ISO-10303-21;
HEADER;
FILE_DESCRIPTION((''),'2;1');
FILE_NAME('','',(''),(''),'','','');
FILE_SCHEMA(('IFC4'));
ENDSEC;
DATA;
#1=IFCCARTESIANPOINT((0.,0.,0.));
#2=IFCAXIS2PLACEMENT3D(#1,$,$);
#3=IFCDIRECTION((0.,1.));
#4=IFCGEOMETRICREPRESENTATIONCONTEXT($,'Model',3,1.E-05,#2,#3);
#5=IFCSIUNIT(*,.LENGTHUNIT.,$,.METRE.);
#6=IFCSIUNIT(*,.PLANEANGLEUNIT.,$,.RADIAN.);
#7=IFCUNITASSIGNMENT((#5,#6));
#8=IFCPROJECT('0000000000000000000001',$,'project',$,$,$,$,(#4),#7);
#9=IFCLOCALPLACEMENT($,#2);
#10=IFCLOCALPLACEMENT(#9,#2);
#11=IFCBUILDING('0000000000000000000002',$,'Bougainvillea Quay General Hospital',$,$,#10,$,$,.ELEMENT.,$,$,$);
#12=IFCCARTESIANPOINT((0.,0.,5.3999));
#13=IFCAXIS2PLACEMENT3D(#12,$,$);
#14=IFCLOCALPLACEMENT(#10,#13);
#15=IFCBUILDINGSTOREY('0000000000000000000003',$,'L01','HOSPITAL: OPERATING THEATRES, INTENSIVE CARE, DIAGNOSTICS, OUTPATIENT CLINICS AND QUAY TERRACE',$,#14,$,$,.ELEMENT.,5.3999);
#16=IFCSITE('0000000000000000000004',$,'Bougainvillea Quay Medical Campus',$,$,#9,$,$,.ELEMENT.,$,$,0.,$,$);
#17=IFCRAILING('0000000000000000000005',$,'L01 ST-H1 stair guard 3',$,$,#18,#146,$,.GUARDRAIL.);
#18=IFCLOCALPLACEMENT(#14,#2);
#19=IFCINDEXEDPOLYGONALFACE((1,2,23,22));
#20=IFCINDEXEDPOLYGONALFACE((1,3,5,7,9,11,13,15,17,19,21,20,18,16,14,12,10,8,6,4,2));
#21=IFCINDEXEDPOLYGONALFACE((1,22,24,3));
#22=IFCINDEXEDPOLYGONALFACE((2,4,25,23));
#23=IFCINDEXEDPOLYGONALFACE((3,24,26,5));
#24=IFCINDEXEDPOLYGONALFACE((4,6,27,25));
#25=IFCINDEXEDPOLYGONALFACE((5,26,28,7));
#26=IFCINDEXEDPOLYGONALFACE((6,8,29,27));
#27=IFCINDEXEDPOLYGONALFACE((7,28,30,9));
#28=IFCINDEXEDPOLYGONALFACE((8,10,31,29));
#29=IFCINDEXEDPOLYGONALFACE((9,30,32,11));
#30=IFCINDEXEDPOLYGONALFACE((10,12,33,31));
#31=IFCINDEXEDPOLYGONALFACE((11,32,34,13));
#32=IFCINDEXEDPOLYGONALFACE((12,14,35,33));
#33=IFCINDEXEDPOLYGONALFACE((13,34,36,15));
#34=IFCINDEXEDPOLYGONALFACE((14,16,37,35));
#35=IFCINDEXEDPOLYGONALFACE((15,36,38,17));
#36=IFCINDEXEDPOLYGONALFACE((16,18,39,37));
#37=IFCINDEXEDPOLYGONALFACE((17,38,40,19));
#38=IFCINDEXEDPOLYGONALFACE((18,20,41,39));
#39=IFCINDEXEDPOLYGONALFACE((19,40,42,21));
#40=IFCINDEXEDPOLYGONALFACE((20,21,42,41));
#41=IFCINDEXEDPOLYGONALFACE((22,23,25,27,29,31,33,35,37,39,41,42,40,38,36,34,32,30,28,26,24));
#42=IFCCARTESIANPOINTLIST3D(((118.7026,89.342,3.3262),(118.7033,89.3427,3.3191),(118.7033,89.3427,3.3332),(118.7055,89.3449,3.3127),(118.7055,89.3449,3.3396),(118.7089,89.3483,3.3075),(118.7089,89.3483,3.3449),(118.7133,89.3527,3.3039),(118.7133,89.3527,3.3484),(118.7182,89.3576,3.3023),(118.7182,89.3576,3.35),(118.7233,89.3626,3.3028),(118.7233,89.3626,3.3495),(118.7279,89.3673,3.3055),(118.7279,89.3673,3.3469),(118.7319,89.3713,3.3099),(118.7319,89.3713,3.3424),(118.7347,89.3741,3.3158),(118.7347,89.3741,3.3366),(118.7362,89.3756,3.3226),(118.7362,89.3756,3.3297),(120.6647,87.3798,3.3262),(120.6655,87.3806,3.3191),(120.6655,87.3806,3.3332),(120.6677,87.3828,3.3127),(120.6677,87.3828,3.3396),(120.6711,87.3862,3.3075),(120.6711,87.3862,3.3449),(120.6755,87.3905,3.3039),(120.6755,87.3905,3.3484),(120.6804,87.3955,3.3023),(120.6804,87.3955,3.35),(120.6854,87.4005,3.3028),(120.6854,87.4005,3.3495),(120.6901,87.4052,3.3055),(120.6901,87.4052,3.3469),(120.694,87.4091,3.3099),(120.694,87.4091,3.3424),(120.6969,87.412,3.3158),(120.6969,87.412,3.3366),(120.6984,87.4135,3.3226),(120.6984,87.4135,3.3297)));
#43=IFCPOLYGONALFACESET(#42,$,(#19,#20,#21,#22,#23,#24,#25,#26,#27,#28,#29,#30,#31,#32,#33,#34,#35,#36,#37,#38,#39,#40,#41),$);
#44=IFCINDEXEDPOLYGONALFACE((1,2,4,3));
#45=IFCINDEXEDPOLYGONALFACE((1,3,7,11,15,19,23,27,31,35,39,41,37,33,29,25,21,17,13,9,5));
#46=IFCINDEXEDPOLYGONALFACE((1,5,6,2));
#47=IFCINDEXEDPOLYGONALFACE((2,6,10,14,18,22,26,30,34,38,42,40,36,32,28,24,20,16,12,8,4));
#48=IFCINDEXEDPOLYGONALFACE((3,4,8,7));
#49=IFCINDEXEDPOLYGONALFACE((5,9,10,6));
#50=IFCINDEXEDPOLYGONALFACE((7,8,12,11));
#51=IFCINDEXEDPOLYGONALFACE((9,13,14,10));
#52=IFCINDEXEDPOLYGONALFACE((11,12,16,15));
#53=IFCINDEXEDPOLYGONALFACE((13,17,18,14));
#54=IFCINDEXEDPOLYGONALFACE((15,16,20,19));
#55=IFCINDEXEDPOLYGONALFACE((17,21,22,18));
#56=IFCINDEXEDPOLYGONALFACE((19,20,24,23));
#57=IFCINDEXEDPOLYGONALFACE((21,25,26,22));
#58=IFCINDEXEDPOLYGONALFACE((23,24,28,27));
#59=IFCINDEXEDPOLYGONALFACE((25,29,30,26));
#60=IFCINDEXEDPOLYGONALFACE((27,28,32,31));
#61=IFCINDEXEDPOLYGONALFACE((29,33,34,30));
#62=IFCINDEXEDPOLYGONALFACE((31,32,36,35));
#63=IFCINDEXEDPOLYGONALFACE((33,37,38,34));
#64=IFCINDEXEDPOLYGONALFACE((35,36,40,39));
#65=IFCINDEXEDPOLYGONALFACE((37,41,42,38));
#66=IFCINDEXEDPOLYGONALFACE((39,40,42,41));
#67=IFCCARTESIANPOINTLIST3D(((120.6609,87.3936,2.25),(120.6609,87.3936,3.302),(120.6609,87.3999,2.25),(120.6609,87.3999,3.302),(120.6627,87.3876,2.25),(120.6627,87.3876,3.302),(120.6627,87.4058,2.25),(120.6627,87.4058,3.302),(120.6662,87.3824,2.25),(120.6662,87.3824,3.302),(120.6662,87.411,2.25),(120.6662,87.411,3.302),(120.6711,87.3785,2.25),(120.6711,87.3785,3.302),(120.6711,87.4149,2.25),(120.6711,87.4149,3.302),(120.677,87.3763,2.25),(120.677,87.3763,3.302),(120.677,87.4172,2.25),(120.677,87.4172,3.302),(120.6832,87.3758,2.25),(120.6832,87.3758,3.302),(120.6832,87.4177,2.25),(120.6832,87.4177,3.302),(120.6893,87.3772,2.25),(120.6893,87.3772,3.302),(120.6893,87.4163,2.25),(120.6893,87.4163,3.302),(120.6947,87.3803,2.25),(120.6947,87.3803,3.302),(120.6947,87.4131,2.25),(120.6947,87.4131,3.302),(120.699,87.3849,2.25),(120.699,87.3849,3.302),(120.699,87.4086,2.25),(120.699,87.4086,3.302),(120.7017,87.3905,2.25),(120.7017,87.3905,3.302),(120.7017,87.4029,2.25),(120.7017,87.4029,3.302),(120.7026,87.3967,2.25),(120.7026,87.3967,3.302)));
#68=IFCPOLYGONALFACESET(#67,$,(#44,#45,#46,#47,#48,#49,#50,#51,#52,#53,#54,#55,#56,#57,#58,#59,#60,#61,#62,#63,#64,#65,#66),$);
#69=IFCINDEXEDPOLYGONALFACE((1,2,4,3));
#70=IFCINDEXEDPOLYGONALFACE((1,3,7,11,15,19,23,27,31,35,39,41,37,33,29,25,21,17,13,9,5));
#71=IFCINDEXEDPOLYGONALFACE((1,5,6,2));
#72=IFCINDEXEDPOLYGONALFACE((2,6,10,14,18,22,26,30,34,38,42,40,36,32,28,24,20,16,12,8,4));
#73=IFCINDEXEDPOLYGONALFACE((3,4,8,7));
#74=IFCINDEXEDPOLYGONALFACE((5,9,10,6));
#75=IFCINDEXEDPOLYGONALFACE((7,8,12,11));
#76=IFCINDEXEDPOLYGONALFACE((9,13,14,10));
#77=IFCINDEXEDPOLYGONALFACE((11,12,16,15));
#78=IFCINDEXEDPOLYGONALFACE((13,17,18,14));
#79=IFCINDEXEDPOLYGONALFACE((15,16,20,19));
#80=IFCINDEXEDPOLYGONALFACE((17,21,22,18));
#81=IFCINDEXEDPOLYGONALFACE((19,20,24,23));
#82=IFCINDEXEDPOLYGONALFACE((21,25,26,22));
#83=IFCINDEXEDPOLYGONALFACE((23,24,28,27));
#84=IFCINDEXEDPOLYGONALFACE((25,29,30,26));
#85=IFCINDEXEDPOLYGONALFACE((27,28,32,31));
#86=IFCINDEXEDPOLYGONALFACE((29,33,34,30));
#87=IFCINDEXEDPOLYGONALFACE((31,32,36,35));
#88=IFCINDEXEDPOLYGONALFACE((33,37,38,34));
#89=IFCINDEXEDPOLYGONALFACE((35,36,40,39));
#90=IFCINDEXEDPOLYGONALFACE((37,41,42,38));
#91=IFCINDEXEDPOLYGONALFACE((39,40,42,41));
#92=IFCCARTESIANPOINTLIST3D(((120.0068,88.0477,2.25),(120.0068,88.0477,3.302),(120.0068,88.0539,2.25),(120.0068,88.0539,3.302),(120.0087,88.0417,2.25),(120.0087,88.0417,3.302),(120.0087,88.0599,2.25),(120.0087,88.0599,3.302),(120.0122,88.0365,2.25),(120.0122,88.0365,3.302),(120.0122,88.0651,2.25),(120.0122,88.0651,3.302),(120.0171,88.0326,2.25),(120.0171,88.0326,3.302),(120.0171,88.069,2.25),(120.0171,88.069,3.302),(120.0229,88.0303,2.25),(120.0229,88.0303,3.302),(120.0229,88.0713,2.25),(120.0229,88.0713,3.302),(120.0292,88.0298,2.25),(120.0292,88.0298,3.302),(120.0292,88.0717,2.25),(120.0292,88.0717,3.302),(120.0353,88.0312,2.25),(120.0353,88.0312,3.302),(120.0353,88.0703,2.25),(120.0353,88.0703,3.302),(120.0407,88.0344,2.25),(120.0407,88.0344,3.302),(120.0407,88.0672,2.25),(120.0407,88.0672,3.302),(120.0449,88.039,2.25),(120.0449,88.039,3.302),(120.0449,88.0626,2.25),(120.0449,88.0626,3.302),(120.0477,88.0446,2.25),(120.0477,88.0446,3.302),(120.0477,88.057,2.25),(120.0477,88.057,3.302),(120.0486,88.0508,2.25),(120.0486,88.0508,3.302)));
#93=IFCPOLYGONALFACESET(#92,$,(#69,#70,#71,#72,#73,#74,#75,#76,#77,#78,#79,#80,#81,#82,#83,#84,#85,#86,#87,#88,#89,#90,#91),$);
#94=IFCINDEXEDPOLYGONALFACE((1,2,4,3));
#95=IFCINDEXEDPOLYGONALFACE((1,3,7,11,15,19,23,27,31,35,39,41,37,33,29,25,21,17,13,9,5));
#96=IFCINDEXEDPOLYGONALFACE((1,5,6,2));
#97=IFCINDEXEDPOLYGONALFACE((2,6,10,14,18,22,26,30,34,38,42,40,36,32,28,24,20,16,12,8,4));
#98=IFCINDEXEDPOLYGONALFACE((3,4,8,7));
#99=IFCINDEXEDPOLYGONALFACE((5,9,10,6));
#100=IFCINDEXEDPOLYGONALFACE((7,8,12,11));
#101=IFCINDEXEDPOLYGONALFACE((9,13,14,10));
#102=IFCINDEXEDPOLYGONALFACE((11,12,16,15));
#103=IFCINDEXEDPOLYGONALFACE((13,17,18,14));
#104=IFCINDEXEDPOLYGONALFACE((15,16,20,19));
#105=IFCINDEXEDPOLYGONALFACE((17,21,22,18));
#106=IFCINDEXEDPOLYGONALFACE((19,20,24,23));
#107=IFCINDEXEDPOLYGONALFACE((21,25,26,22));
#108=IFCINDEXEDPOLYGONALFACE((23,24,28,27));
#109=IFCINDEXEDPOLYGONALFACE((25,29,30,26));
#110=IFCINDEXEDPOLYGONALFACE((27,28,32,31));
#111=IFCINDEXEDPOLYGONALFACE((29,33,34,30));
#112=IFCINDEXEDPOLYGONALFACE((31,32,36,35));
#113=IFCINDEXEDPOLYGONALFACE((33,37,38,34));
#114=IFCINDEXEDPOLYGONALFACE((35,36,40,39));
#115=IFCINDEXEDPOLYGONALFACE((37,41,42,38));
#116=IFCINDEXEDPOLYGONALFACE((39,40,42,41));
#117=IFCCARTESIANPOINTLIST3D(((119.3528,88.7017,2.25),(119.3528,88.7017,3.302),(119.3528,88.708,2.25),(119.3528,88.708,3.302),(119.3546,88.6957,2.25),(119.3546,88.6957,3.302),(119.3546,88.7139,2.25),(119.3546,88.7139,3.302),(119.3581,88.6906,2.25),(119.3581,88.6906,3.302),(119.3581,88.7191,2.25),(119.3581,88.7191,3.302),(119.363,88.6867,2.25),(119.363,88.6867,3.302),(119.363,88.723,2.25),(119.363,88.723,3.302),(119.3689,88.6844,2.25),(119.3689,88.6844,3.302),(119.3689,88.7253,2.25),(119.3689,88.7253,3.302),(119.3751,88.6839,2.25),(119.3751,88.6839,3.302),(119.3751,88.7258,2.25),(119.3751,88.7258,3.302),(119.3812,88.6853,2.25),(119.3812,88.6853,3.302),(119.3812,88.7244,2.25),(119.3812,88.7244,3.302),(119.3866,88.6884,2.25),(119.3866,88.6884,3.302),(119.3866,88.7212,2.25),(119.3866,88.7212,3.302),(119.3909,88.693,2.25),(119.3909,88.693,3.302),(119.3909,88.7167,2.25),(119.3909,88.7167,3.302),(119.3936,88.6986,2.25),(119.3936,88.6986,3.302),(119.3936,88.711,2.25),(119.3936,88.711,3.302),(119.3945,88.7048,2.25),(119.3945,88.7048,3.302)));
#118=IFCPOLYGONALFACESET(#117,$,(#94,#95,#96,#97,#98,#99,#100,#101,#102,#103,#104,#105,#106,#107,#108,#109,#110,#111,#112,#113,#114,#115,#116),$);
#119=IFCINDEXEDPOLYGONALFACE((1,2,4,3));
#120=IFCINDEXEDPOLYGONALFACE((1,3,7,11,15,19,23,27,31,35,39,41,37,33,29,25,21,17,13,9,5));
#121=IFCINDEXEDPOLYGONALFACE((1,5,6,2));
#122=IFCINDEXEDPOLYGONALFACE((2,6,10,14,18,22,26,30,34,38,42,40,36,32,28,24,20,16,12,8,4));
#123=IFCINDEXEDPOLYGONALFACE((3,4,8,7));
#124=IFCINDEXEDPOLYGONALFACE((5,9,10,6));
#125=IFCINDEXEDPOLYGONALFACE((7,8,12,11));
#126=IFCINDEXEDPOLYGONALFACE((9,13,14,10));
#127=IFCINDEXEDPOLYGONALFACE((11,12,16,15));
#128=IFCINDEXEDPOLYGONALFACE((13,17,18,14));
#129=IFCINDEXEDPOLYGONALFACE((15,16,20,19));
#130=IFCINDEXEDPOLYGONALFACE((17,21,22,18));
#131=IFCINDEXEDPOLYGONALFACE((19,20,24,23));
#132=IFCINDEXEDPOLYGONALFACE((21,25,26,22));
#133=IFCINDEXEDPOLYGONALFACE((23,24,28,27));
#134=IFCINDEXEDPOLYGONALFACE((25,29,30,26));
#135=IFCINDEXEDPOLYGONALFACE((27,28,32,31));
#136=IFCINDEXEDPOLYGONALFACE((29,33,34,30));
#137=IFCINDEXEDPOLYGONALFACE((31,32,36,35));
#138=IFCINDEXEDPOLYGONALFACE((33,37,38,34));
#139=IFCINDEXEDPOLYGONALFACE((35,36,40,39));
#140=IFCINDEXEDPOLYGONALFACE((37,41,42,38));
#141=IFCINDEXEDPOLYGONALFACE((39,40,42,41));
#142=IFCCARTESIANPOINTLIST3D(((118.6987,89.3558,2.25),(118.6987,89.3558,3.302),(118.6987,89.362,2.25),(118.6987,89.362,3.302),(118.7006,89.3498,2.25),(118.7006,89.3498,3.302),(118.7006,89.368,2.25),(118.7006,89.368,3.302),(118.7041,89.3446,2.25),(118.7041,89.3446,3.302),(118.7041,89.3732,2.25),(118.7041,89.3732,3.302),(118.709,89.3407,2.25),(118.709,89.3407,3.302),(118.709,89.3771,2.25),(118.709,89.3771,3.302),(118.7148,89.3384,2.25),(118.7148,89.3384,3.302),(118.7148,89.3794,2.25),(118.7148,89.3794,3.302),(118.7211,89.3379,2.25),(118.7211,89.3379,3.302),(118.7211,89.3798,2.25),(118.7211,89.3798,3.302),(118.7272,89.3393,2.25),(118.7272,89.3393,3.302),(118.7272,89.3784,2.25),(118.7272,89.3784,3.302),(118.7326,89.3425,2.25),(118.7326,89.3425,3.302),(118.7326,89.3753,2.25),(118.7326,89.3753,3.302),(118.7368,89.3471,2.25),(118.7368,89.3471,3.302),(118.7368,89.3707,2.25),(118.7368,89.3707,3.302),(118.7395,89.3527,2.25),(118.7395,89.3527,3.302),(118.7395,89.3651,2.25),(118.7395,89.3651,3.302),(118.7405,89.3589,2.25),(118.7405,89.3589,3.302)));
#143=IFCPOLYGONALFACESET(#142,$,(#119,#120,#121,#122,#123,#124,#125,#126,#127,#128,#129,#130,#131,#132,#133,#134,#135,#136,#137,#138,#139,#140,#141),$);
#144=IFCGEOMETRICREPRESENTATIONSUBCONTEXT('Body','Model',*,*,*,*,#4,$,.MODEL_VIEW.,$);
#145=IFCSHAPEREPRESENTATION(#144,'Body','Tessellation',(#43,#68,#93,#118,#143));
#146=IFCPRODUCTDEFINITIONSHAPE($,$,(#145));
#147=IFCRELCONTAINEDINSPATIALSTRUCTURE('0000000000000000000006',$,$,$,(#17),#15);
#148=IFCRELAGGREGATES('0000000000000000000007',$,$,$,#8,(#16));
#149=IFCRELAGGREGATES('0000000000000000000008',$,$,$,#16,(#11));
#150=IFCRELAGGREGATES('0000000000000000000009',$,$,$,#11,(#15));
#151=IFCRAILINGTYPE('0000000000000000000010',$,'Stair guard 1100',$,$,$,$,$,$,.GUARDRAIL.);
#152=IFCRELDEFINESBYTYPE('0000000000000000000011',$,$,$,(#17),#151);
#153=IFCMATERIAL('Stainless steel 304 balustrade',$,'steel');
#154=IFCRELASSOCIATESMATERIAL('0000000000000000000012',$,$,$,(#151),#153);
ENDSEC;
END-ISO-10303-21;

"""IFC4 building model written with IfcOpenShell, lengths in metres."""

from ifc_helpers import new_model, si_unit, direction, frame, origin, origin_2d, place, context, subcontext, project, spatial, circle, extrude, material, type_object, element, save


model = new_model("IFC4")

# Units and contexts
model_context = context("Model", 3, precision=1e-05, world=origin(), true_north=direction((0.0, 1.0)))
body_context = subcontext(model_context, "Body", "Model", "MODEL_VIEW")
ifc_project = project(units=[si_unit("LENGTHUNIT", "METRE"), si_unit("PLANEANGLEUNIT", "RADIAN")], contexts=[model_context])

# Site, building, storey
site_placement = place(None, origin())
site = spatial("IfcSite", under=ifc_project, at=site_placement, Name="Bougainvillea Quay Medical Campus", CompositionType="ELEMENT", RefElevation=0.0)
building_placement = place(site_placement, origin())
building = spatial("IfcBuilding", under=site, at=building_placement, Name="Bougainvillea Quay General Hospital", CompositionType="ELEMENT")
storey_placement = place(building_placement, frame((0.0, 0.0, 5.3999)))
storey = spatial("IfcBuildingStorey", under=building, at=storey_placement, Name="L01", Description="HOSPITAL: OPERATING THEATRES, INTENSIVE CARE, DIAGNOSTICS, OUTPATIENT CLINICS AND QUAY TERRACE", CompositionType="ELEMENT", Elevation=5.3999)

# Railing
ifc_material_1 = material(Name="Stainless steel 304 balustrade", Category="steel")
railing_type_1 = type_object("IfcRailingType", Name="Stair guard 1100", PredefinedType="GUARDRAIL", material=ifc_material_1)
railing_1_placement = place(storey_placement, frame((120.6816, 87.3967, 2.25)))
element("IfcRailing", 1, at=railing_1_placement, inside=storey, type_object=railing_type_1, Name="L01 ST-H1 stair guard 3", PredefinedType="GUARDRAIL", context=body_context, shape_type="SweptSolid", body=[
    extrude(circle(Radius=0.0239, at=origin_2d()), frame((0.0, 0.0, 1.0762), z_axis=(-0.707107, 0.707107, 0.0), x_axis=(-0.707107, -0.707107, 0.0)), (0.0, 0.0, 1.0), 2.7749),
    extrude(circle(Radius=0.021, at=origin_2d()), origin(), (0.0, 0.0, 1.0), 1.052),
    extrude(circle(Radius=0.021, at=origin_2d()), frame((-0.6541, 0.6541, 0.0)), (0.0, 0.0, 1.0), 1.052),
    extrude(circle(Radius=0.021, at=origin_2d()), frame((-1.3081, 1.3081, 0.0)), (0.0, 0.0, 1.0), 1.052),
    extrude(circle(Radius=0.021, at=origin_2d()), frame((-1.9622, 1.9622, 0.0)), (0.0, 0.0, 1.0), 1.052),
])

save(model, "model.ifc")
